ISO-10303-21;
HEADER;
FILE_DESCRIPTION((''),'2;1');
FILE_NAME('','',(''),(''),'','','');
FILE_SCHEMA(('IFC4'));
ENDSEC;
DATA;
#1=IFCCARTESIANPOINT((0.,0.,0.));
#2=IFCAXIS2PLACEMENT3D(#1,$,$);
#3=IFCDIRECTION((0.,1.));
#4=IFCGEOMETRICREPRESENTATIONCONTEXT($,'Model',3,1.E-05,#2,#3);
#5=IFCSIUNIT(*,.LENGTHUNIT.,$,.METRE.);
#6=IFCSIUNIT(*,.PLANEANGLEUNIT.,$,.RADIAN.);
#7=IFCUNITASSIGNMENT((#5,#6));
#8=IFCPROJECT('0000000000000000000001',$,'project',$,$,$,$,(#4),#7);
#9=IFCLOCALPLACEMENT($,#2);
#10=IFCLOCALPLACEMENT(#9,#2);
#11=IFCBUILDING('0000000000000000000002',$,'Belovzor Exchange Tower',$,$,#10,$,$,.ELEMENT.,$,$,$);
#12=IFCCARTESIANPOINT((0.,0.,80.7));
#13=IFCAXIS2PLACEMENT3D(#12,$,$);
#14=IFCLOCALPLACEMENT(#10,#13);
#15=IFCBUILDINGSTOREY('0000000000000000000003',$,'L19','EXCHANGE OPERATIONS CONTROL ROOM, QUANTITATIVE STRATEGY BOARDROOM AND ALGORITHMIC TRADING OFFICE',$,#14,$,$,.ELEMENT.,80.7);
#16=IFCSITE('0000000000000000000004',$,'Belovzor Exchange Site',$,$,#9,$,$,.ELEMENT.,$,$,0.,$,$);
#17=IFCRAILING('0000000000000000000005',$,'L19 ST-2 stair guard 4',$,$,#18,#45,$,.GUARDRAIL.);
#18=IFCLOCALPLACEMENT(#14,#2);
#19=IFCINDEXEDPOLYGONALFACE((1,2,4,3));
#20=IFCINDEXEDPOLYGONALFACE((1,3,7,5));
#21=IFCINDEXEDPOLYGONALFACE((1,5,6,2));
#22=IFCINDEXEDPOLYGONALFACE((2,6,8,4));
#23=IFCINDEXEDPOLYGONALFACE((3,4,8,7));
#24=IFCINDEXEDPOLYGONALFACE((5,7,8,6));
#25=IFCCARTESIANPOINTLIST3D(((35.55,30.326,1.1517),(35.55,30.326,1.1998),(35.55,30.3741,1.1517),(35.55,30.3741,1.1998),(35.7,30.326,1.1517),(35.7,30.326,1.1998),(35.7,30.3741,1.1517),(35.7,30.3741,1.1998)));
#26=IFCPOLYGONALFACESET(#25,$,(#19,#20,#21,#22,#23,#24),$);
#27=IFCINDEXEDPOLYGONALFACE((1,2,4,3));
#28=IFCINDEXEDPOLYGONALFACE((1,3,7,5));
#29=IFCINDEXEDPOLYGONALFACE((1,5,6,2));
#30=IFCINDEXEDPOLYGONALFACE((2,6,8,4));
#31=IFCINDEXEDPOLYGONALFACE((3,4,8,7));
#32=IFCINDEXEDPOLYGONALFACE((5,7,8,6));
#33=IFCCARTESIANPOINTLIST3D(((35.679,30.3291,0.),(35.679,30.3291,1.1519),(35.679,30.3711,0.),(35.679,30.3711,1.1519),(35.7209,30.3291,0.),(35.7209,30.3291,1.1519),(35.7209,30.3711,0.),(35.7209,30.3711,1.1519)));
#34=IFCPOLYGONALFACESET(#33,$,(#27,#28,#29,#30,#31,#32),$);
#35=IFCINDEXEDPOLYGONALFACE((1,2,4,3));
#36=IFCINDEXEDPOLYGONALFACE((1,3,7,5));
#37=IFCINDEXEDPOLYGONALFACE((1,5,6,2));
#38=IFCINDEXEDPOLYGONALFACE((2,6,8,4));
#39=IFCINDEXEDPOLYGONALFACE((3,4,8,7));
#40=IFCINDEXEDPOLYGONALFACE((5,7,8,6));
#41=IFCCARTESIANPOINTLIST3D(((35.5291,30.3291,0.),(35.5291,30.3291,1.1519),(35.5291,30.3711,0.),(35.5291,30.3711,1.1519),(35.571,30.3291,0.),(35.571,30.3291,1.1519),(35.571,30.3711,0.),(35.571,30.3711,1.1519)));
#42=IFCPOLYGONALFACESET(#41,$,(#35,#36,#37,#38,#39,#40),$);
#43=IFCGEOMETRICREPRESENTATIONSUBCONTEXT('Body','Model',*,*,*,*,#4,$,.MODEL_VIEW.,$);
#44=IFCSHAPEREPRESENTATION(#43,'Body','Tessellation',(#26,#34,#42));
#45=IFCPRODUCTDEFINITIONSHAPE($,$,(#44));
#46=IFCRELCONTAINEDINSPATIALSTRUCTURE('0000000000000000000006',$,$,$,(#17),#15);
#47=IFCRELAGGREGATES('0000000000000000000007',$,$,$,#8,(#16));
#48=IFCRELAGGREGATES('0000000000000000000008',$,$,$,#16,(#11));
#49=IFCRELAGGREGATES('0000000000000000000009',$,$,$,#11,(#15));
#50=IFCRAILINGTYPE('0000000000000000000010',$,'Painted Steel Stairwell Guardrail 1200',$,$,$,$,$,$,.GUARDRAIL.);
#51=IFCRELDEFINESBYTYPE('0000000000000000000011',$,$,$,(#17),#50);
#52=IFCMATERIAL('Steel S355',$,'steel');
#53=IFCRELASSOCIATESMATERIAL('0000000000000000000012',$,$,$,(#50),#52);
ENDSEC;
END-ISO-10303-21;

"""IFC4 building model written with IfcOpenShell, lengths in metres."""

from ifc_helpers import new_model, si_unit, direction, frame, origin, origin_2d, place, context, subcontext, project, spatial, rectangle, extrude, material, type_object, element, save


model = new_model("IFC4")

# Units and contexts
model_context = context("Model", 3, precision=1e-05, world=origin(), true_north=direction((0.0, 1.0)))
body_context = subcontext(model_context, "Body", "Model", "MODEL_VIEW")
ifc_project = project(units=[si_unit("LENGTHUNIT", "METRE"), si_unit("PLANEANGLEUNIT", "RADIAN")], contexts=[model_context])

# Site, building, storey
site_placement = place(None, origin())
site = spatial("IfcSite", under=ifc_project, at=site_placement, Name="Belovzor Exchange Site", CompositionType="ELEMENT", RefElevation=0.0)
building_placement = place(site_placement, origin())
building = spatial("IfcBuilding", under=site, at=building_placement, Name="Belovzor Exchange Tower", CompositionType="ELEMENT")
storey_placement = place(building_placement, frame((0.0, 0.0, 80.7)))
storey = spatial("IfcBuildingStorey", under=building, at=storey_placement, Name="L19", Description="EXCHANGE OPERATIONS CONTROL ROOM, QUANTITATIVE STRATEGY BOARDROOM AND ALGORITHMIC TRADING OFFICE", CompositionType="ELEMENT", Elevation=80.7)

# Railing
ifc_material_1 = material(Name="Steel S355", Category="steel")
railing_type_1 = type_object("IfcRailingType", Name="Painted Steel Stairwell Guardrail 1200", PredefinedType="GUARDRAIL", material=ifc_material_1)
railing_1_placement = place(storey_placement, frame((35.7, 30.3501, 0.0)))
element("IfcRailing", 1, at=railing_1_placement, inside=storey, type_object=railing_type_1, Name="L19 ST-2 stair guard 4", PredefinedType="GUARDRAIL", context=body_context, shape_type="SweptSolid", body=[
    extrude(rectangle(XDim=0.0481, YDim=0.0481, at=origin_2d()), frame((0.0, 0.0, 1.1758), z_axis=(-1.0, 0.0, 0.0), x_axis=(0.0, -1.0, 0.0)), (0.0, 0.0, 1.0), 0.1499),
    extrude(rectangle(XDim=0.042, YDim=0.042, at=origin_2d()), origin(), (0.0, 0.0, 1.0), 1.1519),
    extrude(rectangle(XDim=0.042, YDim=0.042, at=origin_2d()), frame((-0.1499, 0.0, 0.0)), (0.0, 0.0, 1.0), 1.1519),
])

save(model, "model.ifc")
